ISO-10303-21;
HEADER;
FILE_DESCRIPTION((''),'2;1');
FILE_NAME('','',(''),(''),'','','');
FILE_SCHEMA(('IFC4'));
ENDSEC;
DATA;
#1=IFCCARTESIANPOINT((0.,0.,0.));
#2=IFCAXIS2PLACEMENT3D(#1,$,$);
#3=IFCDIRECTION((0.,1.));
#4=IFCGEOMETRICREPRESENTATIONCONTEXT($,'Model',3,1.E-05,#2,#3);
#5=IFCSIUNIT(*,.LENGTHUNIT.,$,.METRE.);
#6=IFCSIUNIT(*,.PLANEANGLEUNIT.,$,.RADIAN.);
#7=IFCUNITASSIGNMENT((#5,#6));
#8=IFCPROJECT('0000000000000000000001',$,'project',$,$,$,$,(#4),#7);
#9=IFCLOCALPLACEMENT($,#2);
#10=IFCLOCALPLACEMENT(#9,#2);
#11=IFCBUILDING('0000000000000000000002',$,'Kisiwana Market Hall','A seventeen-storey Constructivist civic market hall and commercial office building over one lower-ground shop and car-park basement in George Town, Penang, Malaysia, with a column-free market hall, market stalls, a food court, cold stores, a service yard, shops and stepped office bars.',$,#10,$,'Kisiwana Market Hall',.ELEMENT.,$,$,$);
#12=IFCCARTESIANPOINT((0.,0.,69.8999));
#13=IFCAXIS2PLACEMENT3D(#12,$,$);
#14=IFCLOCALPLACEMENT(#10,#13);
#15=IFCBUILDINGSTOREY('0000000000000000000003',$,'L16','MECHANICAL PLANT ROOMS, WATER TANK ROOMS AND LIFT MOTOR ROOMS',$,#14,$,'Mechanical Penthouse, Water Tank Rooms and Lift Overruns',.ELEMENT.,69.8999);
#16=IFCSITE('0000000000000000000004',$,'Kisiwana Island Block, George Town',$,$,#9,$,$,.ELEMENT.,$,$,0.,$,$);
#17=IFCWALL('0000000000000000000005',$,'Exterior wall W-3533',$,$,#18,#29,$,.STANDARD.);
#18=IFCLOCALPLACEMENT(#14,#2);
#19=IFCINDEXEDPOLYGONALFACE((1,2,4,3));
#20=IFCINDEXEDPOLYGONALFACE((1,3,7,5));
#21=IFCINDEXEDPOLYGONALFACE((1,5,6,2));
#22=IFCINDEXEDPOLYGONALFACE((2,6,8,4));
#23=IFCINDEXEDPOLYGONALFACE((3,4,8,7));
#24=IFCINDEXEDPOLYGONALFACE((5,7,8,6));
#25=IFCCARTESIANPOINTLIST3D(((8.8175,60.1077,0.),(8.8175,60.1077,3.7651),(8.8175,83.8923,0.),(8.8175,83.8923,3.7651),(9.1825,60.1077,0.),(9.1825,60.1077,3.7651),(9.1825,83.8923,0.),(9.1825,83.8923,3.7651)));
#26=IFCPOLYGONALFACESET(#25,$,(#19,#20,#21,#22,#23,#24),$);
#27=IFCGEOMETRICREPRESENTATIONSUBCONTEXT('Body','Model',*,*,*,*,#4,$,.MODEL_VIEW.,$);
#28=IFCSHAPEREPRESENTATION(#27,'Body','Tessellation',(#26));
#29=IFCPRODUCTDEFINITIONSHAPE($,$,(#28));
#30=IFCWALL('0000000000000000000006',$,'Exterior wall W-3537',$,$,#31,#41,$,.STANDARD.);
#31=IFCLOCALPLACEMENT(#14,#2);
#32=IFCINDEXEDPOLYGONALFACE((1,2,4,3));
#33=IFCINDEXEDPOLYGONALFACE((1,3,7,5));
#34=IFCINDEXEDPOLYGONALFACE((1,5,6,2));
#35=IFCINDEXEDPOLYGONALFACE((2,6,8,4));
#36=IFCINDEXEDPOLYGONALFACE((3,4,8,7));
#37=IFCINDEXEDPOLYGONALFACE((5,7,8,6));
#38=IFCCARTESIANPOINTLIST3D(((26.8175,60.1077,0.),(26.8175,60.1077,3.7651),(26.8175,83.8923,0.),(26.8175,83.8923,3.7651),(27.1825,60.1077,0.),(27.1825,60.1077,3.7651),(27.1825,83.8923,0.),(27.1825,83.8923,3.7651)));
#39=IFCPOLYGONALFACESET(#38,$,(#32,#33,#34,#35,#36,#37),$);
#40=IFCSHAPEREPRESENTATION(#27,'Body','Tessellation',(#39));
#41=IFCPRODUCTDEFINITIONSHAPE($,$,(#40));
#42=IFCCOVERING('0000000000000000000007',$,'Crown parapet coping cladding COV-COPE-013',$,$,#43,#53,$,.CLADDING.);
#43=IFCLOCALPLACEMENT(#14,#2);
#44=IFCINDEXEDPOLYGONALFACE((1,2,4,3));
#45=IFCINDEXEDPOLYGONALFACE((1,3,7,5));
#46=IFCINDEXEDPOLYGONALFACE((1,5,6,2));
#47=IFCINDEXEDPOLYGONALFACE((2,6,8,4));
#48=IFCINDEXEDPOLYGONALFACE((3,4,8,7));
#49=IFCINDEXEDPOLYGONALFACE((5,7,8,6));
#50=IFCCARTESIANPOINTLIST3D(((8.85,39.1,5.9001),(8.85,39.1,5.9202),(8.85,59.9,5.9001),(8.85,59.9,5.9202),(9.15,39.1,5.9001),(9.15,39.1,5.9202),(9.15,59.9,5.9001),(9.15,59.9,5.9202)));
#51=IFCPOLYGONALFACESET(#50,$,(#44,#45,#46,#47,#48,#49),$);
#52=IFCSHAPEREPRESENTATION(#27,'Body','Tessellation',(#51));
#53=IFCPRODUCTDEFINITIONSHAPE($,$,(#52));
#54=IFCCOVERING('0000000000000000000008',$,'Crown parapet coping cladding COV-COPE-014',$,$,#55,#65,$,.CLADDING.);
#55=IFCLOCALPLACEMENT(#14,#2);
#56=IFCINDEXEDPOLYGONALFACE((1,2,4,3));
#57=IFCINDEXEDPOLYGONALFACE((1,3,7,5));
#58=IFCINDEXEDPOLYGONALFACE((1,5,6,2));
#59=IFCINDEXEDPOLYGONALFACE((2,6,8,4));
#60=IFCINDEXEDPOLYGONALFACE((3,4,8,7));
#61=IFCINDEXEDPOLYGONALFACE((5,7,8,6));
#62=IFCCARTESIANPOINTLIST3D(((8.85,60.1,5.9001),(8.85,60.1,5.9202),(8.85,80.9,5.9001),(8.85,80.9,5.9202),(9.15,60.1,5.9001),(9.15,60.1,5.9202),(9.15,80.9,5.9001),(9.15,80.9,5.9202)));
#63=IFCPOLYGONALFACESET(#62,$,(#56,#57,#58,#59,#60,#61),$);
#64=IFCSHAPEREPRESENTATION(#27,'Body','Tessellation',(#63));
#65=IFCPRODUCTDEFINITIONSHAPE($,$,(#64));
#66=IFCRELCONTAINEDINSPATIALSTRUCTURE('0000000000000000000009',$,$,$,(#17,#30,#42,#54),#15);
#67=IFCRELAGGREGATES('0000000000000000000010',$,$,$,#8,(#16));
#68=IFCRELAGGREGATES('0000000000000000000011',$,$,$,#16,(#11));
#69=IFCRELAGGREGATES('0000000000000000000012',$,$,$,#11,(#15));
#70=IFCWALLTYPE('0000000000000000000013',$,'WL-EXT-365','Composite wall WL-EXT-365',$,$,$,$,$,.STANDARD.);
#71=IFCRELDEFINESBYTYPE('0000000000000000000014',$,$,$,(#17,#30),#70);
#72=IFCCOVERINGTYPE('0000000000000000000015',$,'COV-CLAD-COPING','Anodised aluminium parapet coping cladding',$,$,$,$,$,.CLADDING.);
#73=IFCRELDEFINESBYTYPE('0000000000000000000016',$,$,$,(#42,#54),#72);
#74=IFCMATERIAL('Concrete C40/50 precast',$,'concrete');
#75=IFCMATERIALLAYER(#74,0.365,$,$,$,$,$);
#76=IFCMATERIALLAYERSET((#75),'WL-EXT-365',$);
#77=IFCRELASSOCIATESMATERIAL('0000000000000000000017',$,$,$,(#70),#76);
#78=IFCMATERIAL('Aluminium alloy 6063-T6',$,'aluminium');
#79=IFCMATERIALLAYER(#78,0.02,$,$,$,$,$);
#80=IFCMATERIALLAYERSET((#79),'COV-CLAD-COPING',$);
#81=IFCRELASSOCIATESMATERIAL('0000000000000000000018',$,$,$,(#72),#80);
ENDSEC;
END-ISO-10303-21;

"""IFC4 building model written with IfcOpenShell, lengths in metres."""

from ifc_helpers import new_model, si_unit, direction, frame, frame_2d, origin, origin_2d, place, context, subcontext, project, spatial, rectangle, extrude, material, layer, layer_set, type_object, element, save


model = new_model("IFC4")

# Units and contexts
model_context = context("Model", 3, precision=1e-05, world=origin(), true_north=direction((0.0, 1.0)))
body_context = subcontext(model_context, "Body", "Model", "MODEL_VIEW")
ifc_project = project(units=[si_unit("LENGTHUNIT", "METRE"), si_unit("PLANEANGLEUNIT", "RADIAN")], contexts=[model_context])

# Site, building, storey
site_placement = place(None, origin())
site = spatial("IfcSite", under=ifc_project, at=site_placement, Name="Kisiwana Island Block, George Town", CompositionType="ELEMENT", RefElevation=0.0)
building_placement = place(site_placement, origin())
building = spatial("IfcBuilding", under=site, at=building_placement, Name="Kisiwana Market Hall", Description="A seventeen-storey Constructivist civic market hall and commercial office building over one lower-ground shop and car-park basement in George Town, Penang, Malaysia, with a column-free market hall, market stalls, a food court, cold stores, a service yard, shops and stepped office bars.", LongName="Kisiwana Market Hall", CompositionType="ELEMENT")
storey_placement = place(building_placement, frame((0.0, 0.0, 69.8999)))
storey = spatial("IfcBuildingStorey", under=building, at=storey_placement, Name="L16", Description="MECHANICAL PLANT ROOMS, WATER TANK ROOMS AND LIFT MOTOR ROOMS", LongName="Mechanical Penthouse, Water Tank Rooms and Lift Overruns", CompositionType="ELEMENT", Elevation=69.8999)

# Walls
ifc_material_1 = material(Name="Concrete C40/50 precast", Category="concrete")
ifc_layer_1 = layer(ifc_material_1, 0.365)
ifc_layer_set_1 = layer_set([ifc_layer_1], Name="WL-EXT-365")
wall_type_1 = type_object("IfcWallType", Name="WL-EXT-365", Description="Composite wall WL-EXT-365", PredefinedType="STANDARD", material=ifc_layer_set_1)
for number, where, z_axis, x_axis, name in (
    (1, (9.0, 60.1077, 0.0), (0.0, 0.0, 1.0), (0.0, 1.0, 0.0), "Exterior wall W-3533"),
    (2, (27.0, 60.1077, 0.0), (0.0, 0.0, 1.0), (0.0, 1.0, 0.0), "Exterior wall W-3537"),
):
    element("IfcWall", number, at=place(storey_placement, frame(where, z_axis=z_axis, x_axis=x_axis)), inside=storey, type_object=wall_type_1, Name=name, PredefinedType="STANDARD", context=body_context, shape_type="SweptSolid", body=[
        extrude(rectangle(XDim=23.7847, YDim=0.365, at=frame_2d((11.8923, 0.0))), origin(), (0.0, 0.0, 1.0), 3.7651),
    ])

# Coverings
ifc_material_2 = material(Name="Aluminium alloy 6063-T6", Category="aluminium")
ifc_layer_2 = layer(ifc_material_2, 0.02)
ifc_layer_set_2 = layer_set([ifc_layer_2], Name="COV-CLAD-COPING")
covering_type = type_object("IfcCoveringType", Name="COV-CLAD-COPING", Description="Anodised aluminium parapet coping cladding", PredefinedType="CLADDING", material=ifc_layer_set_2)
for number, where, z_axis, x_axis, name in (
    (3, (9.0, 49.5, 5.9001), (0.0, 0.0, 1.0), (1.0, 0.0, 0.0), "Crown parapet coping cladding COV-COPE-013"),
    (4, (9.0, 70.5, 5.9001), (0.0, 0.0, 1.0), (1.0, 0.0, 0.0), "Crown parapet coping cladding COV-COPE-014"),
):
    element("IfcCovering", number, at=place(storey_placement, frame(where, z_axis=z_axis, x_axis=x_axis)), inside=storey, type_object=covering_type, Name=name, PredefinedType="CLADDING", context=body_context, shape_type="SweptSolid", body=[
        extrude(rectangle(XDim=0.3, YDim=20.8, at=origin_2d()), origin(), (0.0, 0.0, 1.0), 0.02),
    ])

save(model, "model.ifc")
